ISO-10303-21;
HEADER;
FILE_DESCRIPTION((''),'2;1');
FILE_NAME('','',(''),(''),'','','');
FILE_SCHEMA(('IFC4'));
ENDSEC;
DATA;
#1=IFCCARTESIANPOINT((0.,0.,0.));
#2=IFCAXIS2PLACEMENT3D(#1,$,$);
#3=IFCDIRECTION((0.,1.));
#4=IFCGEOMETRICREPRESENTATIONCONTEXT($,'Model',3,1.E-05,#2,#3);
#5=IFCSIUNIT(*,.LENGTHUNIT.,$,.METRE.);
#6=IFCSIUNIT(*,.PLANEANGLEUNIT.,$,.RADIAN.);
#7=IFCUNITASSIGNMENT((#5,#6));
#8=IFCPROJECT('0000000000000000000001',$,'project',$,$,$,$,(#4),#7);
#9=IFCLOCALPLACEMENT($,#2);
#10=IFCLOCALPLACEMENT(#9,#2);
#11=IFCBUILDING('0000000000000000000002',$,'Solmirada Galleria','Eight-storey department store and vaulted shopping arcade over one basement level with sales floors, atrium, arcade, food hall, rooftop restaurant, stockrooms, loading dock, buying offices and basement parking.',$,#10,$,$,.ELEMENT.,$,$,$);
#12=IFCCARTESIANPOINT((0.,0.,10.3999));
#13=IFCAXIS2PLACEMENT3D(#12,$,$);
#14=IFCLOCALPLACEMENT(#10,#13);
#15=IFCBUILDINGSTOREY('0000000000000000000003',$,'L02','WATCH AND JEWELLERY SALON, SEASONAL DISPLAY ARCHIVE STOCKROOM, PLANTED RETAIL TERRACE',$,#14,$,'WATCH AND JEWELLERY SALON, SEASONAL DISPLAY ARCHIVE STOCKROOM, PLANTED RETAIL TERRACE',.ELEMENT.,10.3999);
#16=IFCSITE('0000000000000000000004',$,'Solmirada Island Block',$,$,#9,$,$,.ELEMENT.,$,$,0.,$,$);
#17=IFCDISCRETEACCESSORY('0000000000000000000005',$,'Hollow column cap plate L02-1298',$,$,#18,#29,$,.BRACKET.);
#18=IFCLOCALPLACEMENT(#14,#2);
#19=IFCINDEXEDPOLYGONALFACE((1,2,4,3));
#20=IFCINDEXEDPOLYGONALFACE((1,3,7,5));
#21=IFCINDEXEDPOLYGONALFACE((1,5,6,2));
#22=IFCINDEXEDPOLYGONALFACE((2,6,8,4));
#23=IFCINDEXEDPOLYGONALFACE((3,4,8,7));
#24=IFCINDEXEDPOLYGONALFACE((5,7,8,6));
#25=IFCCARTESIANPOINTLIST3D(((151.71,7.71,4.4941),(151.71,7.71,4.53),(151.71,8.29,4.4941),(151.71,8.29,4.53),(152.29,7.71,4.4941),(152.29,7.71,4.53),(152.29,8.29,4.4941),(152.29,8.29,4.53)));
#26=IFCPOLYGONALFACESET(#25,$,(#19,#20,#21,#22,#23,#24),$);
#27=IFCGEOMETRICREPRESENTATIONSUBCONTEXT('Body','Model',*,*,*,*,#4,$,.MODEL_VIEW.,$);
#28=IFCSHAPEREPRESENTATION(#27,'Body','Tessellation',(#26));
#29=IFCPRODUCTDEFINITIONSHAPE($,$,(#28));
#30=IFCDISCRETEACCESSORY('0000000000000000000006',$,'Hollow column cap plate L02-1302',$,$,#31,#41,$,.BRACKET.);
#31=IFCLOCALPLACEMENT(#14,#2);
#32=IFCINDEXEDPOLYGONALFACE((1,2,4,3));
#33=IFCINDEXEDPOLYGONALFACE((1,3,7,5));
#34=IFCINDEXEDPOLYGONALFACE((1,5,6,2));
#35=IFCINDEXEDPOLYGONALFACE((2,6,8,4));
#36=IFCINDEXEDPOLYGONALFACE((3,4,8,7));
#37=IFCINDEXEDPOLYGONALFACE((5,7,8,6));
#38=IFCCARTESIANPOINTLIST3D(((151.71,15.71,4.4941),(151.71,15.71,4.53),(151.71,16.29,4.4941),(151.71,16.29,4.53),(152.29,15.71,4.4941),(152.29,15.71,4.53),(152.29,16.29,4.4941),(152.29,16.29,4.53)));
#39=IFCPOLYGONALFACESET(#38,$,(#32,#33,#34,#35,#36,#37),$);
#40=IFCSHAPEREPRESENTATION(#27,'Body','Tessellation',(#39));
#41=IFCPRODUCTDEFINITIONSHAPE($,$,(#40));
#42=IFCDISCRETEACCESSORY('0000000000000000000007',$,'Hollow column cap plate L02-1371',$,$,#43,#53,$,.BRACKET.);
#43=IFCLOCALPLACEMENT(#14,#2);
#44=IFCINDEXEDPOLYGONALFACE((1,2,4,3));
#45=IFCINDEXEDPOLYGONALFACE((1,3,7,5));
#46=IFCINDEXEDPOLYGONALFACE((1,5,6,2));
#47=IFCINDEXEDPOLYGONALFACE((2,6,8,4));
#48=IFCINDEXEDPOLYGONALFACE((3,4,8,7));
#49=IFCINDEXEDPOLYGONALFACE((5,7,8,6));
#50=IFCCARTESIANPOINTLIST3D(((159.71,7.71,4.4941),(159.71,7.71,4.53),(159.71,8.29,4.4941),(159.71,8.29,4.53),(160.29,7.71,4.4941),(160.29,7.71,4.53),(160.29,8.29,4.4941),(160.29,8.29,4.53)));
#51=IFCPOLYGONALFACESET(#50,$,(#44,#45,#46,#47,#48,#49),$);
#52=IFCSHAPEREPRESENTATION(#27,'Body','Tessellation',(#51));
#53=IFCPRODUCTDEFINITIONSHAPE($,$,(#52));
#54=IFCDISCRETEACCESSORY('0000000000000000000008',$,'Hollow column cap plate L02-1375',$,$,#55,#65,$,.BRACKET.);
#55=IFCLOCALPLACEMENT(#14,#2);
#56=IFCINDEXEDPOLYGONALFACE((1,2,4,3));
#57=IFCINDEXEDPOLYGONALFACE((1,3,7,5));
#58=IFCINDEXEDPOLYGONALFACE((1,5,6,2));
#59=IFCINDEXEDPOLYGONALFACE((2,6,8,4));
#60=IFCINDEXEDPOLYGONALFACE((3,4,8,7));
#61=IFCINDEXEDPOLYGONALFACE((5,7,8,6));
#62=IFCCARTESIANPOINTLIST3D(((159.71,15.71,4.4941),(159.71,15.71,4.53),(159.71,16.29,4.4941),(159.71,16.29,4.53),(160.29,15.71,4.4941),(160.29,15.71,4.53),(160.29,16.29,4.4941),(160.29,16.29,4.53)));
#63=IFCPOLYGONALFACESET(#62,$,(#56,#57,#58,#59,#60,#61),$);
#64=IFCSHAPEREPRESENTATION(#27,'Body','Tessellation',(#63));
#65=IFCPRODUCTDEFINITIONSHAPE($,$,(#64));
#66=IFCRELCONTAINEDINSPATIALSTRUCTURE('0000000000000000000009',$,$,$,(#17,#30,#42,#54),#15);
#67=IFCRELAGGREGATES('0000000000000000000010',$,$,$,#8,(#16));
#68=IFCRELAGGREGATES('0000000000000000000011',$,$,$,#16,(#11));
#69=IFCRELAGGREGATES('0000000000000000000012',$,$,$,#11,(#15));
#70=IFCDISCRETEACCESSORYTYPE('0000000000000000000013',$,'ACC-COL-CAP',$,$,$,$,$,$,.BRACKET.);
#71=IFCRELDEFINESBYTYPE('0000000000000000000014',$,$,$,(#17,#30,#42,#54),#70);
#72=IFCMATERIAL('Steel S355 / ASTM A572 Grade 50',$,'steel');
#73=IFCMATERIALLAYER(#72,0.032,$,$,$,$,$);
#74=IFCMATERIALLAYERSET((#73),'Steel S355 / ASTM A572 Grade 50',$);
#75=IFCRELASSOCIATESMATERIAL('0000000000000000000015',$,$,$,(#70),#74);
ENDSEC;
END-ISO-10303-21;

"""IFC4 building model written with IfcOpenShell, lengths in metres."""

from ifc_helpers import new_model, si_unit, direction, frame, origin, origin_2d, place, context, subcontext, project, spatial, rectangle, extrude, material, layer, layer_set, type_object, element, save


model = new_model("IFC4")

# Units and contexts
model_context = context("Model", 3, precision=1e-05, world=origin(), true_north=direction((0.0, 1.0)))
body_context = subcontext(model_context, "Body", "Model", "MODEL_VIEW")
ifc_project = project(units=[si_unit("LENGTHUNIT", "METRE"), si_unit("PLANEANGLEUNIT", "RADIAN")], contexts=[model_context])

# Site, building, storey
site_placement = place(None, origin())
site = spatial("IfcSite", under=ifc_project, at=site_placement, Name="Solmirada Island Block", CompositionType="ELEMENT", RefElevation=0.0)
building_placement = place(site_placement, origin())
building = spatial("IfcBuilding", under=site, at=building_placement, Name="Solmirada Galleria", Description="Eight-storey department store and vaulted shopping arcade over one basement level with sales floors, atrium, arcade, food hall, rooftop restaurant, stockrooms, loading dock, buying offices and basement parking.", CompositionType="ELEMENT")
storey_placement = place(building_placement, frame((0.0, 0.0, 10.3999)))
storey = spatial("IfcBuildingStorey", under=building, at=storey_placement, Name="L02", Description="WATCH AND JEWELLERY SALON, SEASONAL DISPLAY ARCHIVE STOCKROOM, PLANTED RETAIL TERRACE", LongName="WATCH AND JEWELLERY SALON, SEASONAL DISPLAY ARCHIVE STOCKROOM, PLANTED RETAIL TERRACE", CompositionType="ELEMENT", Elevation=10.3999)

# Discrete accessories
ifc_material_1 = material(Name="Steel S355 / ASTM A572 Grade 50", Category="steel")
ifc_layer = layer(ifc_material_1, 0.032)
ifc_layer_set = layer_set([ifc_layer], Name="Steel S355 / ASTM A572 Grade 50")
discrete_accessory_type = type_object("IfcDiscreteAccessoryType", Name="ACC-COL-CAP", PredefinedType="BRACKET", material=ifc_layer_set)
for number, where, z_axis, x_axis, name in (
    (1, (152.0, 8.0, 4.4941), (0.0, 0.0, 1.0), (1.0, 0.0, 0.0), "Hollow column cap plate L02-1298"),
    (2, (152.0, 16.0, 4.4941), (0.0, 0.0, 1.0), (1.0, 0.0, 0.0), "Hollow column cap plate L02-1302"),
    (3, (160.0, 8.0, 4.4941), (0.0, 0.0, 1.0), (1.0, 0.0, 0.0), "Hollow column cap plate L02-1371"),
    (4, (160.0, 16.0, 4.4941), (0.0, 0.0, 1.0), (1.0, 0.0, 0.0), "Hollow column cap plate L02-1375"),
):
    element("IfcDiscreteAccessory", number, at=place(storey_placement, frame(where, z_axis=z_axis, x_axis=x_axis)), inside=storey, type_object=discrete_accessory_type, Name=name, PredefinedType="BRACKET", context=body_context, shape_type="SweptSolid", body=[
        extrude(rectangle(XDim=0.5801, YDim=0.5801, at=origin_2d()), origin(), (0.0, 0.0, 1.0), 0.0359),
    ])

save(model, "model.ifc")
